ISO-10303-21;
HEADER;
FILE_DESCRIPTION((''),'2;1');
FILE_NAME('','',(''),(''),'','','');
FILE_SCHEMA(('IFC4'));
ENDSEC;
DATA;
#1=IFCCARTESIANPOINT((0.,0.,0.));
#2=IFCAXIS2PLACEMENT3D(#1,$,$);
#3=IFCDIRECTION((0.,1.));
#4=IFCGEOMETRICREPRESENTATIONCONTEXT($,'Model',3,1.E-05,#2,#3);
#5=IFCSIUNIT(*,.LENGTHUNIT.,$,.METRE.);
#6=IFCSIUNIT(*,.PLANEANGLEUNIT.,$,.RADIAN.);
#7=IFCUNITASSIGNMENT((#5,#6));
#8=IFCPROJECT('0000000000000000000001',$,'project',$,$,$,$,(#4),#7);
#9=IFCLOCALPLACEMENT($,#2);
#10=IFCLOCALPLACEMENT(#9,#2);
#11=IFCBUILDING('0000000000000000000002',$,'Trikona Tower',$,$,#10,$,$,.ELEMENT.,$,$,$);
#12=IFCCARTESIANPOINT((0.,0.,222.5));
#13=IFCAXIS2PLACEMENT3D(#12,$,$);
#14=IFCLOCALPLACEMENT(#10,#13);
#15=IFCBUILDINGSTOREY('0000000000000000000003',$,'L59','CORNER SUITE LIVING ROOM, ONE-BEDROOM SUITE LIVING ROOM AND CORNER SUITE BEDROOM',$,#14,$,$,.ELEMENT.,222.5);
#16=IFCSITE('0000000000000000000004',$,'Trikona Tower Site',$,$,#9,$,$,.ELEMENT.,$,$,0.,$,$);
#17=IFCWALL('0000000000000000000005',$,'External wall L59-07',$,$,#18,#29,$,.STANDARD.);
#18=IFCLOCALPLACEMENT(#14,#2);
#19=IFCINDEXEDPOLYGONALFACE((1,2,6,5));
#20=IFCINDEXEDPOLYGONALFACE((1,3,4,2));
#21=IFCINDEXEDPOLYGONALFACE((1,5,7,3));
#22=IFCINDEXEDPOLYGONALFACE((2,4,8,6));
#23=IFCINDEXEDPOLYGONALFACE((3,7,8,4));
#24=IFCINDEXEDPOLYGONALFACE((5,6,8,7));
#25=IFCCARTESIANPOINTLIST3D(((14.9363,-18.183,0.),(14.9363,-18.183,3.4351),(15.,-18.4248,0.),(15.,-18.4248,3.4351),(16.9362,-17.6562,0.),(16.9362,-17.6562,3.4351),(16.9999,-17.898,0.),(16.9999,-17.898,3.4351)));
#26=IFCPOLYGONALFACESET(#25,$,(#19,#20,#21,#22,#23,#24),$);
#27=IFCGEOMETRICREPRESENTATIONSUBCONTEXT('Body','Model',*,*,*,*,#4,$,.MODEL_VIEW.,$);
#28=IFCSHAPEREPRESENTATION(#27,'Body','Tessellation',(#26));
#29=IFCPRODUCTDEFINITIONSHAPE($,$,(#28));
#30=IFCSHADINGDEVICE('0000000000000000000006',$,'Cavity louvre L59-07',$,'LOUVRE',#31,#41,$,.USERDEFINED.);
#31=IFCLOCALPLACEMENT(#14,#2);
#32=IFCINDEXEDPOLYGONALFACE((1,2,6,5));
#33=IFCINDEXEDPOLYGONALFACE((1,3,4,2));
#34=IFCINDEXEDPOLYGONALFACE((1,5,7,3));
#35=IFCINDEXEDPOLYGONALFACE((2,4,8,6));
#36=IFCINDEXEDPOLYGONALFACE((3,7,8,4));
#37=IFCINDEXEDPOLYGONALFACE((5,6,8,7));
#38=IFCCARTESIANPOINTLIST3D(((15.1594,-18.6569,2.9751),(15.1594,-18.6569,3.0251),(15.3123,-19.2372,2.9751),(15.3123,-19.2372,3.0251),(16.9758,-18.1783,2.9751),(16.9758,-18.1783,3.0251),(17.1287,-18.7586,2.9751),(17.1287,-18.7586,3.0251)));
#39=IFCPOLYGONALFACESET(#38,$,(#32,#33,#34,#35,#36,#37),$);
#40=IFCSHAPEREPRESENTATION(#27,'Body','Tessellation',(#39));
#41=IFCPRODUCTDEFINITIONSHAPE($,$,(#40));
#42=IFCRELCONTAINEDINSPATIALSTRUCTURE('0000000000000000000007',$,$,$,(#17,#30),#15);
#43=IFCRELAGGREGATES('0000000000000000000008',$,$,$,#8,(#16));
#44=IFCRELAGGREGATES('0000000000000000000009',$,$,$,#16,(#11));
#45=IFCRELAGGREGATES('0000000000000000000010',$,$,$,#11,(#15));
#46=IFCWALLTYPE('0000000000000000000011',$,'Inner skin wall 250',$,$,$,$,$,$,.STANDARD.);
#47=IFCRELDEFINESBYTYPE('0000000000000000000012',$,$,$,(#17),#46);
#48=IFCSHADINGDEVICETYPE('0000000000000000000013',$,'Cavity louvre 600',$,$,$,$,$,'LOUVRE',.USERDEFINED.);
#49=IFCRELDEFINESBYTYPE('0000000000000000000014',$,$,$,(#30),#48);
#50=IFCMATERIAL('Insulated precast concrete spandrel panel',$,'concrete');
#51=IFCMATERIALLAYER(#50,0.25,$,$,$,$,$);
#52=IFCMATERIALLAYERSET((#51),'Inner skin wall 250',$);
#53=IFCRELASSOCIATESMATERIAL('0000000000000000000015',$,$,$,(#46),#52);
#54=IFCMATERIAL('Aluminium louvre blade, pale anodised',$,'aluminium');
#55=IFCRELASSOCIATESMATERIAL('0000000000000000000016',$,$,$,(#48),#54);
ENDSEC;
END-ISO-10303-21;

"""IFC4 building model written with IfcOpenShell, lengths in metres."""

from ifc_helpers import new_model, si_unit, direction, frame, frame_2d, origin, origin_2d, place, context, subcontext, project, spatial, rectangle, extrude, material, layer, layer_set, type_object, element, save


model = new_model("IFC4")

# Units and contexts
model_context = context("Model", 3, precision=1e-05, world=origin(), true_north=direction((0.0, 1.0)))
body_context = subcontext(model_context, "Body", "Model", "MODEL_VIEW")
ifc_project = project(units=[si_unit("LENGTHUNIT", "METRE"), si_unit("PLANEANGLEUNIT", "RADIAN")], contexts=[model_context])

# Site, building, storey
site_placement = place(None, origin())
site = spatial("IfcSite", under=ifc_project, at=site_placement, Name="Trikona Tower Site", CompositionType="ELEMENT", RefElevation=0.0)
building_placement = place(site_placement, origin())
building = spatial("IfcBuilding", under=site, at=building_placement, Name="Trikona Tower", CompositionType="ELEMENT")
storey_placement = place(building_placement, frame((0.0, 0.0, 222.5)))
storey = spatial("IfcBuildingStorey", under=building, at=storey_placement, Name="L59", Description="CORNER SUITE LIVING ROOM, ONE-BEDROOM SUITE LIVING ROOM AND CORNER SUITE BEDROOM", CompositionType="ELEMENT", Elevation=222.5)

# Wall
ifc_material_1 = material(Name="Insulated precast concrete spandrel panel", Category="concrete")
ifc_layer_1 = layer(ifc_material_1, 0.25)
ifc_layer_set_1 = layer_set([ifc_layer_1], Name="Inner skin wall 250")
wall_type_1 = type_object("IfcWallType", Name="Inner skin wall 250", PredefinedType="STANDARD", material=ifc_layer_set_1)
wall_1_placement = place(storey_placement, frame((14.968, -18.304, 0.0), z_axis=(0.0, 0.0, 1.0), x_axis=(0.96701, 0.254737, 0.0)))
element("IfcWall", 1, at=wall_1_placement, inside=storey, type_object=wall_type_1, Name="External wall L59-07", PredefinedType="STANDARD", context=body_context, shape_type="SweptSolid", body=[
    extrude(rectangle(XDim=2.0681, YDim=0.25, at=frame_2d((1.0342, 0.0))), origin(), (0.0, 0.0, 1.0), 3.4351),
])

# Shading device
ifc_material_2 = material(Name="Aluminium louvre blade, pale anodised", Category="aluminium")
shading_device_type = type_object("IfcShadingDeviceType", Name="Cavity louvre 600", ElementType="LOUVRE", PredefinedType="USERDEFINED", material=ifc_material_2)
shading_device_placement = place(storey_placement, frame((16.144, -18.7078, 2.9751), z_axis=(0.0, 0.0, 1.0), x_axis=(0.966993, 0.254803, 0.0)))
element("IfcShadingDevice", 2, at=shading_device_placement, inside=storey, type_object=shading_device_type, Name="Cavity louvre L59-07", ObjectType="LOUVRE", PredefinedType="USERDEFINED", context=body_context, shape_type="SweptSolid", body=[
    extrude(rectangle(XDim=1.8784, YDim=0.6001, at=origin_2d()), origin(), (0.0, 0.0, 1.0), 0.05),
])

save(model, "model.ifc")
